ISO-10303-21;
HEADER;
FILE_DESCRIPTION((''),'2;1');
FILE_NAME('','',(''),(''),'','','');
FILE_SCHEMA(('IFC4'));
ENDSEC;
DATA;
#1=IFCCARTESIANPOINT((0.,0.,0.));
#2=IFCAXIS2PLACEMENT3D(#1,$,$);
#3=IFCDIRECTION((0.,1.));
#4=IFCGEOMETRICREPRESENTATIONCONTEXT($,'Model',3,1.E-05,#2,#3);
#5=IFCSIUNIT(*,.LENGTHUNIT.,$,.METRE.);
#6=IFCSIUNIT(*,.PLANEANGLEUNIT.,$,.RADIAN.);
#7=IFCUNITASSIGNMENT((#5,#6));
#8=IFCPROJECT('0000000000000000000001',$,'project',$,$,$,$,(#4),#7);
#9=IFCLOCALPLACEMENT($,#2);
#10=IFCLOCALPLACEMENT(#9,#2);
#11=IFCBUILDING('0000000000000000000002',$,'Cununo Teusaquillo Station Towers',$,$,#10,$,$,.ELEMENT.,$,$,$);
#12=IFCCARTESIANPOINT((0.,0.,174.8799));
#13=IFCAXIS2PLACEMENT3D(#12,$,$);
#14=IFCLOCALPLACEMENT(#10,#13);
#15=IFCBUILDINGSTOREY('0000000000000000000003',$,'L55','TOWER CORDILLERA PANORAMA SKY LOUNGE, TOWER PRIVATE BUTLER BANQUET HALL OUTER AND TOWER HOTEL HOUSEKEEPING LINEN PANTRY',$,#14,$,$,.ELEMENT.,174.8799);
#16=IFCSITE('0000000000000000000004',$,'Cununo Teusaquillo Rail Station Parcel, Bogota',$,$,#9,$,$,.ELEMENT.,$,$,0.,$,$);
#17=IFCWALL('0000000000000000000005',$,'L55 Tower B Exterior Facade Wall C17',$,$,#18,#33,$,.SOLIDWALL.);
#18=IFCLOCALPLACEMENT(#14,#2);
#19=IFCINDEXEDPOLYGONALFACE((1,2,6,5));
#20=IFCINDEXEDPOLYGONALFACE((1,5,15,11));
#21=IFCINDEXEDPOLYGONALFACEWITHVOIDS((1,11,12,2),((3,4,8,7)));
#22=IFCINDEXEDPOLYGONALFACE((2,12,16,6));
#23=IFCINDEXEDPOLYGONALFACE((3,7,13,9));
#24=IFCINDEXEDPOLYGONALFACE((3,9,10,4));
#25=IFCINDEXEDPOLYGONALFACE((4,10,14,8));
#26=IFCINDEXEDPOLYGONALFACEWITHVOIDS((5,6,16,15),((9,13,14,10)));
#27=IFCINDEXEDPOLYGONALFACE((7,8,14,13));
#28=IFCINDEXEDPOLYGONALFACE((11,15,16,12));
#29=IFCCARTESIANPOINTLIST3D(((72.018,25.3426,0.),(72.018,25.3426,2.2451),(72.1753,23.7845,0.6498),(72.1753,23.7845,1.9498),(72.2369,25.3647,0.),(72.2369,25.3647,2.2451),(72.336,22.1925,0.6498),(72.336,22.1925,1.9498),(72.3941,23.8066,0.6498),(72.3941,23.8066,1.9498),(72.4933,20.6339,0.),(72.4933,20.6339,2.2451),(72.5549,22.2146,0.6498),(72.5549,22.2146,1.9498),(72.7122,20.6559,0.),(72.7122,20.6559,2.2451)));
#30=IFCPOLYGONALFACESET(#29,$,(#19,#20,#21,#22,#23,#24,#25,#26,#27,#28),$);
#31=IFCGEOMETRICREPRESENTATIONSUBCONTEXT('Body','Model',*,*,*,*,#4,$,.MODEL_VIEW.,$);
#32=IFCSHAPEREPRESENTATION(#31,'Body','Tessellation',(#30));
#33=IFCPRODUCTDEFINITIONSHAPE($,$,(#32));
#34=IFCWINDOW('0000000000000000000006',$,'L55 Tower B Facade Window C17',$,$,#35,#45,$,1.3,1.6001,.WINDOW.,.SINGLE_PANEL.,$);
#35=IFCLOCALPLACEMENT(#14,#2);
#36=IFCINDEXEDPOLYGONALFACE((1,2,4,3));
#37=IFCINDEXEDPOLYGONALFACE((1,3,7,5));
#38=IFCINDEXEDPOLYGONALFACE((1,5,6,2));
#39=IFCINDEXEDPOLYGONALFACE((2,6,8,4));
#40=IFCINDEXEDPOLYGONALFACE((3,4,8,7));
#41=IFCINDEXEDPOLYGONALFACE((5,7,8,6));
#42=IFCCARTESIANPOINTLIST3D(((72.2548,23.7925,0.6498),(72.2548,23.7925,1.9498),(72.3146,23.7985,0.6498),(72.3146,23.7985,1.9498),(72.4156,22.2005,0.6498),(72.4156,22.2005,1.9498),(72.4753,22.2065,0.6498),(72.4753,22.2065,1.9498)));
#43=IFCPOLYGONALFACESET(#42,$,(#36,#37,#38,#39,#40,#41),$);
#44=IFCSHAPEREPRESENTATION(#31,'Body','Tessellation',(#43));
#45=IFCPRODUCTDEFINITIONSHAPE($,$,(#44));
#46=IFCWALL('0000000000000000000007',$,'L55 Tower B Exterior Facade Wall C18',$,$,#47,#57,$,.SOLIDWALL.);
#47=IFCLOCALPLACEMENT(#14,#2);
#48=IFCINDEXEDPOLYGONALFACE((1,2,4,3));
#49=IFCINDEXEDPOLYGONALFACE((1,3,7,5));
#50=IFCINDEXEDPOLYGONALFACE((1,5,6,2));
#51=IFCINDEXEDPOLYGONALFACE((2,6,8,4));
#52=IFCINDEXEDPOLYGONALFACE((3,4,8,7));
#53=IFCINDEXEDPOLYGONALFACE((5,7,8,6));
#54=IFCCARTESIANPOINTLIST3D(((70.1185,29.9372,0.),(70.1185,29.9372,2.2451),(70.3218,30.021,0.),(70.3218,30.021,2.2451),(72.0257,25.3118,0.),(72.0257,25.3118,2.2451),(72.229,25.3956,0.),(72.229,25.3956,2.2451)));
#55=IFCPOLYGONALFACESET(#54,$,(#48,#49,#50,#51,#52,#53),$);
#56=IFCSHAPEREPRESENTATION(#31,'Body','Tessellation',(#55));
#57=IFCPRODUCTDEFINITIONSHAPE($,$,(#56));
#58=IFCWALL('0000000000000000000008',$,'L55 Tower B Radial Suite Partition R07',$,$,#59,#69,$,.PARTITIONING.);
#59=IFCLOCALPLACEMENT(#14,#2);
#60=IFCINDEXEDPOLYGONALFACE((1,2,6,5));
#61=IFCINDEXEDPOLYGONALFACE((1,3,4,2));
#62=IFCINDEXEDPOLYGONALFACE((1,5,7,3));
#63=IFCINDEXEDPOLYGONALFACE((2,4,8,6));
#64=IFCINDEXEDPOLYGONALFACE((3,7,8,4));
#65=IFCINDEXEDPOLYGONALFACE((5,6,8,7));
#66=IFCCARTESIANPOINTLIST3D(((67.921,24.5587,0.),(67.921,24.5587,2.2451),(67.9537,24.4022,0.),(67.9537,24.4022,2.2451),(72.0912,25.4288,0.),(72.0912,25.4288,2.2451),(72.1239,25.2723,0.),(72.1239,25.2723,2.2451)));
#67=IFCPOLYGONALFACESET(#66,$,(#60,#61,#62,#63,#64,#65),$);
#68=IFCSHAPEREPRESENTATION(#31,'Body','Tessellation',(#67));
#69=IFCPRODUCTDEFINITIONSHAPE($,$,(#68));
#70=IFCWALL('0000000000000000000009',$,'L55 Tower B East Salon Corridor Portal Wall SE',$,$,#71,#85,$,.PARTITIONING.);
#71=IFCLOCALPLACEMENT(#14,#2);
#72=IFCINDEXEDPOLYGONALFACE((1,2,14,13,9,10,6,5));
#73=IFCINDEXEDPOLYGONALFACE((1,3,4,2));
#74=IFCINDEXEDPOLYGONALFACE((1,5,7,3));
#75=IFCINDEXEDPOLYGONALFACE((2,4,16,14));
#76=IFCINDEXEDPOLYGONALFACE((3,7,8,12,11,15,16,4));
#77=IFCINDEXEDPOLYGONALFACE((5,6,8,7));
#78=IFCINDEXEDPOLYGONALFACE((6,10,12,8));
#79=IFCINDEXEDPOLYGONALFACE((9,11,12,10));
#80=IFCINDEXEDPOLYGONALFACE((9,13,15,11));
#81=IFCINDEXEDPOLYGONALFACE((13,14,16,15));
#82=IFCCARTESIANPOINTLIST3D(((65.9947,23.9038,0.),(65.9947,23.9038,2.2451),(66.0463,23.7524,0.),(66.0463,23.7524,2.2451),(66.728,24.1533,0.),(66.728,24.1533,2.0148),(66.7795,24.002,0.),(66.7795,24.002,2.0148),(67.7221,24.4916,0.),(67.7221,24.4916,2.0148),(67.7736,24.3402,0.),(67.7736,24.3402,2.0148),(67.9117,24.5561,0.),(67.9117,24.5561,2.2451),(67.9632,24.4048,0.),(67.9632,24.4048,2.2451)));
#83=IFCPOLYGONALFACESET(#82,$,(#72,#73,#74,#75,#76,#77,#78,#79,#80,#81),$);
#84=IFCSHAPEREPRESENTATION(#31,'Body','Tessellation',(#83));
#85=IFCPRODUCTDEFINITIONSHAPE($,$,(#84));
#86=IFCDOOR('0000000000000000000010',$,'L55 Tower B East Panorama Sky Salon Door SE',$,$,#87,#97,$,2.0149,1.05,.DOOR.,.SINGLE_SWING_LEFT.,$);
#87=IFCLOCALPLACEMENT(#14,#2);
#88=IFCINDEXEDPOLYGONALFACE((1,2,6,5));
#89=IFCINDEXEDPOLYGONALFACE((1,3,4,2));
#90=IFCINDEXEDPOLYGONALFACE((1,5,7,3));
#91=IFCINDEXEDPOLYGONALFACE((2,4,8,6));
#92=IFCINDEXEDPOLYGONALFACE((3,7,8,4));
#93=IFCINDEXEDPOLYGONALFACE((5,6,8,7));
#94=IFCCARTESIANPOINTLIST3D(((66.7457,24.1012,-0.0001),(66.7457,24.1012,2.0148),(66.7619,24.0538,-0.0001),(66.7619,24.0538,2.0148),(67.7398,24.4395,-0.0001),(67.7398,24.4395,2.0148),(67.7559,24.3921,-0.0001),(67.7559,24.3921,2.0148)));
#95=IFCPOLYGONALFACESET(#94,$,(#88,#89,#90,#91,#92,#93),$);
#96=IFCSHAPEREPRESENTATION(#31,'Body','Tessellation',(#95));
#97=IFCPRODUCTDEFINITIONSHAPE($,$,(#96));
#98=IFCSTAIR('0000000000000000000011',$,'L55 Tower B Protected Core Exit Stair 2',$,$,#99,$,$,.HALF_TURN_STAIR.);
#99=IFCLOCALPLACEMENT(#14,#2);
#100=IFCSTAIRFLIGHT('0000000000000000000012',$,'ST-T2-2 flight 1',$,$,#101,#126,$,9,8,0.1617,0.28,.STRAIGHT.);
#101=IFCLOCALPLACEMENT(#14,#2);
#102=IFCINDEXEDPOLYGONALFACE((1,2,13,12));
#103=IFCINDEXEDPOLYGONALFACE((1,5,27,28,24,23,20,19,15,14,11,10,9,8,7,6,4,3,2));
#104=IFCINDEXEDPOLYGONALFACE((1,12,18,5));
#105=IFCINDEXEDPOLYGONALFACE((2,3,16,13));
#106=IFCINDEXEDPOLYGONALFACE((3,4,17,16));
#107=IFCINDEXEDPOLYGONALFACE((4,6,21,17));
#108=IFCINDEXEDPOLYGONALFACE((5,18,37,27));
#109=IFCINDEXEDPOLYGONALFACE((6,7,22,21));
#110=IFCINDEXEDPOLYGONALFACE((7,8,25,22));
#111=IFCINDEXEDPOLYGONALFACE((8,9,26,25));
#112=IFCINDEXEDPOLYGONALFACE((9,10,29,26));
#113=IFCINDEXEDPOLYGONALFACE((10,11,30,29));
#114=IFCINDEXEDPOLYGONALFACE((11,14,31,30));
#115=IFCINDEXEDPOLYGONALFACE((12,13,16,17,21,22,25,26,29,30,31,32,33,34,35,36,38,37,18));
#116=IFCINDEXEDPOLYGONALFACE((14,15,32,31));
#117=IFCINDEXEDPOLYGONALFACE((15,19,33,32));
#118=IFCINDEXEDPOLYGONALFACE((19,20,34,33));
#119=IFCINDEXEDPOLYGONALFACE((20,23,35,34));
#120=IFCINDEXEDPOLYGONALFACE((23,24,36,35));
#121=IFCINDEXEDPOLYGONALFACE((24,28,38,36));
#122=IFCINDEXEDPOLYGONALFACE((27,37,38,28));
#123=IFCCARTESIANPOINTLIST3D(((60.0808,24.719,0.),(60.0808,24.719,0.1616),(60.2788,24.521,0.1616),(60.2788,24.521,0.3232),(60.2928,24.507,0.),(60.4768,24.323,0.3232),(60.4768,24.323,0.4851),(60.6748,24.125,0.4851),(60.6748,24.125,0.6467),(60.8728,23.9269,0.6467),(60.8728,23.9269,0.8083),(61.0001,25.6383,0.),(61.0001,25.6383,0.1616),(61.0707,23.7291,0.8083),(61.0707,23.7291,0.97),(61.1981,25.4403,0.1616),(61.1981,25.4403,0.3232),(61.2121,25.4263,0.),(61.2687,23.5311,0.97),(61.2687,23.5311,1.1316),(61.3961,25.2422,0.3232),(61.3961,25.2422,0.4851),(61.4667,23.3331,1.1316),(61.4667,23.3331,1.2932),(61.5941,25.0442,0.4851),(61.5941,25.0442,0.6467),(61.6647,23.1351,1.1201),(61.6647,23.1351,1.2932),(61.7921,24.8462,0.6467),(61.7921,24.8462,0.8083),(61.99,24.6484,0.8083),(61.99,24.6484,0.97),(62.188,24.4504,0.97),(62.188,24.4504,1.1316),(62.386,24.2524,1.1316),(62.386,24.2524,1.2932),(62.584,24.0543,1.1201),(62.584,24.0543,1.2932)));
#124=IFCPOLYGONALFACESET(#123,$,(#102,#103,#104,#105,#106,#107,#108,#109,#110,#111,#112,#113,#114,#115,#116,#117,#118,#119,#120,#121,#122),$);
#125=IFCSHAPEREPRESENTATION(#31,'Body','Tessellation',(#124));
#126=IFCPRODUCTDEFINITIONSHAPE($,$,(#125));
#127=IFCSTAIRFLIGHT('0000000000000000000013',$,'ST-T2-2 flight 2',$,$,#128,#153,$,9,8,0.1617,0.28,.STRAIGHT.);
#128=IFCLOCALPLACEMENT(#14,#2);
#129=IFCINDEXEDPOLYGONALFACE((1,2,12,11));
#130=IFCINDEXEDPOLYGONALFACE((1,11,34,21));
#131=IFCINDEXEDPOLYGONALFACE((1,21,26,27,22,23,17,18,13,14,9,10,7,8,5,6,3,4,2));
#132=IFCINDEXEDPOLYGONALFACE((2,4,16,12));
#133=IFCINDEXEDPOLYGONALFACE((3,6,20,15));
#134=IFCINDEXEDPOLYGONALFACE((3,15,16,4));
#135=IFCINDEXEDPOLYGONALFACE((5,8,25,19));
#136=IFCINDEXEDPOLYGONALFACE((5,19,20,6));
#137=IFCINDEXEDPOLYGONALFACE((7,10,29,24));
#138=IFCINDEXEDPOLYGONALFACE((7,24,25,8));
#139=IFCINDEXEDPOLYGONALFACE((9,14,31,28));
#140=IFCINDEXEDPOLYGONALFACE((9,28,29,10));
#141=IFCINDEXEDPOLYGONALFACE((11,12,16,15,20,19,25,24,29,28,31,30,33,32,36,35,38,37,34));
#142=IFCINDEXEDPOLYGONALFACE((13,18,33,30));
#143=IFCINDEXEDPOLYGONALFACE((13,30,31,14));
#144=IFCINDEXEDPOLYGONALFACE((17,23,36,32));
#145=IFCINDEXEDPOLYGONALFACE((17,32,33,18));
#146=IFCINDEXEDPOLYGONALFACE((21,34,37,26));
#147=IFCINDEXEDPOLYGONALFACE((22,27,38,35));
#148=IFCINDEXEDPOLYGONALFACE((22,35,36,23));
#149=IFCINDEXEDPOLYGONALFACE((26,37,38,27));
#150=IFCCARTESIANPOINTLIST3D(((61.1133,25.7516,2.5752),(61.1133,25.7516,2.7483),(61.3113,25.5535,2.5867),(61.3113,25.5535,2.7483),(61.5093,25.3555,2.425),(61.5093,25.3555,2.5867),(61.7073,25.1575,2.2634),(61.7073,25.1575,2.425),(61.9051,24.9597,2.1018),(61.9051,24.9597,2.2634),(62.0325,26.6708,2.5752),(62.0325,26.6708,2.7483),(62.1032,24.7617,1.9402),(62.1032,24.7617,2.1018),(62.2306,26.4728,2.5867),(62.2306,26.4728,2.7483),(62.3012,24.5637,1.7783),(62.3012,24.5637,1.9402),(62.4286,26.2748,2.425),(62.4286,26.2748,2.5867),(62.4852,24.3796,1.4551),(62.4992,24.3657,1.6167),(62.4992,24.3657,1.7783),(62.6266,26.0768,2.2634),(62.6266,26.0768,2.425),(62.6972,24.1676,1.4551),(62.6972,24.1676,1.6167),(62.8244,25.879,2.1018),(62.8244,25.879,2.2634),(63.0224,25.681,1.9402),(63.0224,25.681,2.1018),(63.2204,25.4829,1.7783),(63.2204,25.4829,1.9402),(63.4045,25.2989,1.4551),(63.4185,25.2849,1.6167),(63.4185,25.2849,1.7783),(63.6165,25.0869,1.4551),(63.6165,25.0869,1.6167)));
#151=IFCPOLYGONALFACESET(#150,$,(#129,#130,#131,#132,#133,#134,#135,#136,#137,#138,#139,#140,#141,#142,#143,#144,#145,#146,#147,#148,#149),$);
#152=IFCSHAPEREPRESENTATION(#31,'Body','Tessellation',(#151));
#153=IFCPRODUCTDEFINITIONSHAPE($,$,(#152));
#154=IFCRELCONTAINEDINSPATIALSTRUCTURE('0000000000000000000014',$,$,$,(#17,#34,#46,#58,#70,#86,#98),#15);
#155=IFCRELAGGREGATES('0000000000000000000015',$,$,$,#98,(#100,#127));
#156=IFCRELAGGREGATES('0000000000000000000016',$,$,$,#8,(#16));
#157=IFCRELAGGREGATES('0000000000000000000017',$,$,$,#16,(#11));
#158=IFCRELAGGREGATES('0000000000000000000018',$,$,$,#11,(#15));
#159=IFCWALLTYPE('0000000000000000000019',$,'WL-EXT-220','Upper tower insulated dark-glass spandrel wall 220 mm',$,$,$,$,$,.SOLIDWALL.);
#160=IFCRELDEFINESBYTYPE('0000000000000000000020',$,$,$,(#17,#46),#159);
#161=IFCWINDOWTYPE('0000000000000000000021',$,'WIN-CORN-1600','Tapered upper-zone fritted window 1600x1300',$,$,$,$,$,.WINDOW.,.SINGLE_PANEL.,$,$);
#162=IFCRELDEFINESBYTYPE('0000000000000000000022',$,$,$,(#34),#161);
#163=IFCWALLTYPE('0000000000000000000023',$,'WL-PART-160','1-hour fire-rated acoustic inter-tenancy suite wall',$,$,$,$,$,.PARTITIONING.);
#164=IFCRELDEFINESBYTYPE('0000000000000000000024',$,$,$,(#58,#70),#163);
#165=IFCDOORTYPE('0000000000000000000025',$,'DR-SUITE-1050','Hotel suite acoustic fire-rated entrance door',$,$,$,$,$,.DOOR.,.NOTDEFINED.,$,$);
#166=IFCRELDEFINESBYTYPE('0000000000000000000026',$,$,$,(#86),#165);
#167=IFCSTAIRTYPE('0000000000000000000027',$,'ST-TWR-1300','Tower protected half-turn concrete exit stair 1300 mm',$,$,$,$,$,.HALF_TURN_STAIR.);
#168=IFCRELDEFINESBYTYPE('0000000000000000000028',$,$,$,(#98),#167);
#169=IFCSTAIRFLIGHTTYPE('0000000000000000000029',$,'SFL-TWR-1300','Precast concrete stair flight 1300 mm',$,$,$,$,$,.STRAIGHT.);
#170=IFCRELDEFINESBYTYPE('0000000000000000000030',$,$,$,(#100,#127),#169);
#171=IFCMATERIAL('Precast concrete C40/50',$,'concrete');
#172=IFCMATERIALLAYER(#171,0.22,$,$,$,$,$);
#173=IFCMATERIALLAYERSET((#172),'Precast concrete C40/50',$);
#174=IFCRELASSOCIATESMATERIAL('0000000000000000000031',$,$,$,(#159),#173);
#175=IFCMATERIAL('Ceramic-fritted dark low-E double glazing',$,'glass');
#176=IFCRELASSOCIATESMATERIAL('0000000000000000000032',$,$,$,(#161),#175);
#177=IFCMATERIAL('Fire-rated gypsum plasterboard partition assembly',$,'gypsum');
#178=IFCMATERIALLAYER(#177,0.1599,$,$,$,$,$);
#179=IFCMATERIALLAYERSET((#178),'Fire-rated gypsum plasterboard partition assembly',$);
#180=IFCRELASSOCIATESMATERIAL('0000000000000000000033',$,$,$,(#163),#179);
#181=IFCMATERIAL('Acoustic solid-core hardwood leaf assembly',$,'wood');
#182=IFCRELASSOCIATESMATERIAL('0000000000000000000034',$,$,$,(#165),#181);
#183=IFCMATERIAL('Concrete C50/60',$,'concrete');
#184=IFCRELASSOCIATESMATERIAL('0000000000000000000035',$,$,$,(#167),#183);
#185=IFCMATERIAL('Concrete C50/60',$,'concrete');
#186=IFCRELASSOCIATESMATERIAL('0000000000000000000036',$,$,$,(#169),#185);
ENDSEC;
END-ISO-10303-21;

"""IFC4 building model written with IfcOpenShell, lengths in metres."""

from ifc_helpers import new_model, si_unit, direction, frame, frame_2d, origin, place, context, subcontext, project, spatial, polyline, rectangle, outline, extrude, source, transform, mapped, material, layer, layer_set, type_object, element, fill, aggregate, save


model = new_model("IFC4")

# Units and contexts
model_context = context("Model", 3, precision=1e-05, world=origin(), true_north=direction((0.0, 1.0)))
body_context = subcontext(model_context, "Body", "Model", "MODEL_VIEW")
ifc_project = project(units=[si_unit("LENGTHUNIT", "METRE"), si_unit("PLANEANGLEUNIT", "RADIAN")], contexts=[model_context])

# Site, building, storey
site_placement = place(None, origin())
site = spatial("IfcSite", under=ifc_project, at=site_placement, Name="Cununo Teusaquillo Rail Station Parcel, Bogota", CompositionType="ELEMENT", RefElevation=0.0)
building_placement = place(site_placement, origin())
building = spatial("IfcBuilding", under=site, at=building_placement, Name="Cununo Teusaquillo Station Towers", CompositionType="ELEMENT")
storey_placement = place(building_placement, frame((0.0, 0.0, 174.8799)))
storey = spatial("IfcBuildingStorey", under=building, at=storey_placement, Name="L55", Description="TOWER CORDILLERA PANORAMA SKY LOUNGE, TOWER PRIVATE BUTLER BANQUET HALL OUTER AND TOWER HOTEL HOUSEKEEPING LINEN PANTRY", CompositionType="ELEMENT", Elevation=174.8799)

# Wall, opening, window
ifc_material_1 = material(Name="Precast concrete C40/50", Category="concrete")
ifc_layer_1 = layer(ifc_material_1, 0.22)
ifc_layer_set_1 = layer_set([ifc_layer_1], Name="Precast concrete C40/50")
wall_type_1 = type_object("IfcWallType", Name="WL-EXT-220", Description="Upper tower insulated dark-glass spandrel wall 220 mm", PredefinedType="SOLIDWALL", material=ifc_layer_set_1)
wall_1_placement = place(storey_placement, frame((72.1274, 25.3535, 0.0), z_axis=(0.0, 0.0, 1.0), x_axis=(0.100438, -0.994943, 0.0)))
wall_1 = element("IfcWall", 1, at=wall_1_placement, inside=storey, type_object=wall_type_1, Name="L55 Tower B Exterior Facade Wall C17", PredefinedType="SOLIDWALL", context=body_context, shape_type="SweptSolid", body=[
    extrude(rectangle(XDim=4.7327, YDim=0.22, at=frame_2d((2.3662, 0.0))), origin(), (0.0, 0.0, 1.0), 2.2451),
])
shared_shape_1 = source(origin(), body_context, "Body", "SweptSolid", [
    extrude(rectangle(XDim=1.6001, YDim=1.3, at=frame_2d((0.8, 0.6499))), frame((0.0, 0.1199, 0.0), z_axis=(0.0, -1.0, 0.0), x_axis=(1.0, 0.0, 0.0)), (0.0, 0.0, 1.0), 0.24),
])
opening_1_placement = place(wall_1_placement, frame((1.5659, 0.0, 0.6499)))
opening_1 = element("IfcOpeningElement", 2, at=opening_1_placement, cuts=wall_1, PredefinedType="OPENING", context=body_context, shape_type="MappedRepresentation", body=[
    mapped(shared_shape_1, transform((0.0, 0.0, 0.0), x_axis=(1.0, 0.0, 0.0), y_axis=(0.0, 1.0, 0.0), z_axis=(0.0, 0.0, 1.0), scale=1.0)),
])
ifc_material_2 = material(Name="Ceramic-fritted dark low-E double glazing", Category="glass")
window_type = type_object("IfcWindowType", Name="WIN-CORN-1600", Description="Tapered upper-zone fritted window 1600x1300", PartitioningType="SINGLE_PANEL", PredefinedType="WINDOW", material=ifc_material_2)
shared_shape_2 = source(origin(), body_context, "Body", "SweptSolid", [
    extrude(rectangle(XDim=1.6001, YDim=1.3, at=frame_2d((0.8, 0.6499))), frame((0.0, 0.03, 0.0), z_axis=(0.0, -1.0, 0.0), x_axis=(1.0, 0.0, 0.0)), (0.0, 0.0, 1.0), 0.0601),
])
window_placement = place(opening_1_placement, origin())
window = element("IfcWindow", 3, at=window_placement, inside=storey, type_object=window_type, Name="L55 Tower B Facade Window C17", OverallHeight=1.3, OverallWidth=1.6001, PartitioningType="SINGLE_PANEL", PredefinedType="WINDOW", context=body_context, shape_type="MappedRepresentation", body=[
    mapped(shared_shape_2, transform((0.0, 0.0, 0.0), x_axis=(1.0, 0.0, 0.0), y_axis=(0.0, 1.0, 0.0), z_axis=(0.0, 0.0, 1.0), scale=1.0)),
])
fill(opening_1, window)

# Walls
wall_2_placement = place(storey_placement, frame((70.2202, 29.979, 0.0), z_axis=(0.0, 0.0, 1.0), x_axis=(0.381196, -0.924494, 0.0)))
element("IfcWall", 4, at=wall_2_placement, inside=storey, type_object=wall_type_1, Name="L55 Tower B Exterior Facade Wall C18", PredefinedType="SOLIDWALL", context=body_context, shape_type="SweptSolid", body=[
    extrude(rectangle(XDim=5.0032, YDim=0.22, at=frame_2d((2.5015, 0.0))), origin(), (0.0, 0.0, 1.0), 2.2451),
])
ifc_material_3 = material(Name="Fire-rated gypsum plasterboard partition assembly", Category="gypsum")
ifc_layer_2 = layer(ifc_material_3, 0.1599)
ifc_layer_set_2 = layer_set([ifc_layer_2], Name="Fire-rated gypsum plasterboard partition assembly")
wall_type_2 = type_object("IfcWallType", Name="WL-PART-160", Description="1-hour fire-rated acoustic inter-tenancy suite wall", PredefinedType="PARTITIONING", material=ifc_layer_set_2)
wall_3_placement = place(storey_placement, frame((67.9375, 24.4805, 0.0), z_axis=(0.0, 0.0, 1.0), x_axis=(0.978918, 0.204254, 0.0)))
element("IfcWall", 5, at=wall_3_placement, inside=storey, type_object=wall_type_2, Name="L55 Tower B Radial Suite Partition R07", PredefinedType="PARTITIONING", context=body_context, shape_type="SweptSolid", body=[
    extrude(rectangle(XDim=4.26, YDim=0.1599, at=frame_2d((2.1299, 0.0))), origin(), (0.0, 0.0, 1.0), 2.2451),
])

# Wall, opening, door
wall_4_placement = place(storey_placement, frame((66.0205, 23.8281, 0.0), z_axis=(0.0, 0.0, 1.0), x_axis=(0.946687, 0.322153, 0.0)))
wall_4 = element("IfcWall", 6, at=wall_4_placement, inside=storey, type_object=wall_type_2, Name="L55 Tower B East Salon Corridor Portal Wall SE", PredefinedType="PARTITIONING", context=body_context, shape_type="SweptSolid", body=[
    extrude(rectangle(XDim=2.0249, YDim=0.1599, at=frame_2d((1.0125, 0.0))), origin(), (0.0, 0.0, 1.0), 2.2451),
])
shared_shape_3 = source(origin(), body_context, "Body", "SweptSolid", [
    extrude(rectangle(XDim=1.05, YDim=2.0149, at=frame_2d((0.5249, 1.0073))), frame((0.0, 0.0898, 0.0), z_axis=(0.0, -1.0, 0.0), x_axis=(1.0, 0.0, 0.0)), (0.0, 0.0, 1.0), 0.1799),
])
opening_2_placement = place(wall_4_placement, frame((0.7747, 0.0, 0.0)))
opening_2 = element("IfcOpeningElement", 7, at=opening_2_placement, cuts=wall_4, PredefinedType="OPENING", context=body_context, shape_type="MappedRepresentation", body=[
    mapped(shared_shape_3, transform((0.0, 0.0, 0.0), x_axis=(1.0, 0.0, 0.0), y_axis=(0.0, 1.0, 0.0), z_axis=(0.0, 0.0, 1.0), scale=1.0)),
])
ifc_material_4 = material(Name="Acoustic solid-core hardwood leaf assembly", Category="wood")
door_type = type_object("IfcDoorType", Name="DR-SUITE-1050", Description="Hotel suite acoustic fire-rated entrance door", OperationType="NOTDEFINED", PredefinedType="DOOR", material=ifc_material_4)
shared_shape_4 = source(origin(), body_context, "Body", "SweptSolid", [
    extrude(rectangle(XDim=1.05, YDim=2.0149, at=frame_2d((0.5249, 1.0073))), frame((0.0, 0.0249, 0.0), z_axis=(0.0, -1.0, 0.0), x_axis=(1.0, 0.0, 0.0)), (0.0, 0.0, 1.0), 0.05),
])
door_placement = place(opening_2_placement, origin())
door = element("IfcDoor", 8, at=door_placement, inside=storey, type_object=door_type, Name="L55 Tower B East Panorama Sky Salon Door SE", OperationType="SINGLE_SWING_LEFT", OverallHeight=2.0149, OverallWidth=1.05, PredefinedType="DOOR", context=body_context, shape_type="MappedRepresentation", body=[
    mapped(shared_shape_4, transform((0.0, 0.0, 0.0), x_axis=(1.0, 0.0, 0.0), y_axis=(0.0, 1.0, 0.0), z_axis=(0.0, 0.0, 1.0), scale=1.0)),
])
fill(opening_2, door)

# Stair, stair flights
ifc_material_5 = material(Name="Concrete C50/60", Category="concrete")
stair_type = type_object("IfcStairType", Name="ST-TWR-1300", Description="Tower protected half-turn concrete exit stair 1300 mm", PredefinedType="HALF_TURN_STAIR", material=ifc_material_5)
stair_placement = place(storey_placement, origin())
stair = element("IfcStair", 9, at=stair_placement, inside=storey, type_object=stair_type, Name="L55 Tower B Protected Core Exit Stair 2", PredefinedType="HALF_TURN_STAIR")
ifc_material_6 = material(Name="Concrete C50/60", Category="concrete")
stair_flight_type = type_object("IfcStairFlightType", Name="SFL-TWR-1300", Description="Precast concrete stair flight 1300 mm", PredefinedType="STRAIGHT", material=ifc_material_6)
stair_flight_1_placement = place(storey_placement, frame((60.5405, 25.1787, 0.0), z_axis=(0.0, 0.0, 1.0), x_axis=(0.707107, -0.707107, 0.0)))
stair_flight_1 = element("IfcStairFlight", 10, at=stair_flight_1_placement, type_object=stair_flight_type, Name="ST-T2-2 flight 1", NumberOfRisers=9, NumberOfTreads=8, PredefinedType="STRAIGHT", RiserHeight=0.1617, TreadLength=0.28, context=body_context, shape_type="SweptSolid", body=[
    extrude(outline(polyline([(0.0, 0.0), (0.0, 0.1616), (0.28, 0.1616), (0.28, 0.3232), (0.5601, 0.3232), (0.5601, 0.4851), (0.8401, 0.4851), (0.8401, 0.6467), (1.1201, 0.6467), (1.1201, 0.8083), (1.3999, 0.8083), (1.3999, 0.97), (1.6799, 0.97), (1.6799, 1.1316), (1.96, 1.1316), (1.96, 1.2932), (2.24, 1.2932), (2.24, 1.4551), (2.24, 1.1201), (0.2998, 0.0), (0.0, 0.0)])), frame((0.0, 0.6499, 0.0), z_axis=(0.0, -1.0, 0.0), x_axis=(1.0, 0.0, 0.0)), (0.0, 0.0, 1.0), 1.3),
])
stair_flight_2_placement = place(storey_placement, frame((63.1567, 24.6272, 1.4551), z_axis=(0.0, 0.0, 1.0), x_axis=(-0.707107, 0.707107, 0.0)))
stair_flight_2 = element("IfcStairFlight", 11, at=stair_flight_2_placement, type_object=stair_flight_type, Name="ST-T2-2 flight 2", NumberOfRisers=9, NumberOfTreads=8, PredefinedType="STRAIGHT", RiserHeight=0.1617, TreadLength=0.28, context=body_context, shape_type="SweptSolid", body=[
    extrude(outline(polyline([(0.0, 0.0), (0.0, 0.1616), (0.28, 0.1616), (0.28, 0.3232), (0.5601, 0.3232), (0.5601, 0.4851), (0.8401, 0.4851), (0.8401, 0.6467), (1.1201, 0.6467), (1.1201, 0.8083), (1.3999, 0.8083), (1.3999, 0.97), (1.6799, 0.97), (1.6799, 1.1316), (1.96, 1.1316), (1.96, 1.2932), (2.24, 1.2932), (2.24, 1.4551), (2.24, 1.1201), (0.2998, 0.0), (0.0, 0.0)])), frame((0.0, 0.6499, 0.0), z_axis=(0.0, -1.0, 0.0), x_axis=(1.0, 0.0, 0.0)), (0.0, 0.0, 1.0), 1.3),
])
aggregate(stair, [stair_flight_1, stair_flight_2])

save(model, "model.ifc")
